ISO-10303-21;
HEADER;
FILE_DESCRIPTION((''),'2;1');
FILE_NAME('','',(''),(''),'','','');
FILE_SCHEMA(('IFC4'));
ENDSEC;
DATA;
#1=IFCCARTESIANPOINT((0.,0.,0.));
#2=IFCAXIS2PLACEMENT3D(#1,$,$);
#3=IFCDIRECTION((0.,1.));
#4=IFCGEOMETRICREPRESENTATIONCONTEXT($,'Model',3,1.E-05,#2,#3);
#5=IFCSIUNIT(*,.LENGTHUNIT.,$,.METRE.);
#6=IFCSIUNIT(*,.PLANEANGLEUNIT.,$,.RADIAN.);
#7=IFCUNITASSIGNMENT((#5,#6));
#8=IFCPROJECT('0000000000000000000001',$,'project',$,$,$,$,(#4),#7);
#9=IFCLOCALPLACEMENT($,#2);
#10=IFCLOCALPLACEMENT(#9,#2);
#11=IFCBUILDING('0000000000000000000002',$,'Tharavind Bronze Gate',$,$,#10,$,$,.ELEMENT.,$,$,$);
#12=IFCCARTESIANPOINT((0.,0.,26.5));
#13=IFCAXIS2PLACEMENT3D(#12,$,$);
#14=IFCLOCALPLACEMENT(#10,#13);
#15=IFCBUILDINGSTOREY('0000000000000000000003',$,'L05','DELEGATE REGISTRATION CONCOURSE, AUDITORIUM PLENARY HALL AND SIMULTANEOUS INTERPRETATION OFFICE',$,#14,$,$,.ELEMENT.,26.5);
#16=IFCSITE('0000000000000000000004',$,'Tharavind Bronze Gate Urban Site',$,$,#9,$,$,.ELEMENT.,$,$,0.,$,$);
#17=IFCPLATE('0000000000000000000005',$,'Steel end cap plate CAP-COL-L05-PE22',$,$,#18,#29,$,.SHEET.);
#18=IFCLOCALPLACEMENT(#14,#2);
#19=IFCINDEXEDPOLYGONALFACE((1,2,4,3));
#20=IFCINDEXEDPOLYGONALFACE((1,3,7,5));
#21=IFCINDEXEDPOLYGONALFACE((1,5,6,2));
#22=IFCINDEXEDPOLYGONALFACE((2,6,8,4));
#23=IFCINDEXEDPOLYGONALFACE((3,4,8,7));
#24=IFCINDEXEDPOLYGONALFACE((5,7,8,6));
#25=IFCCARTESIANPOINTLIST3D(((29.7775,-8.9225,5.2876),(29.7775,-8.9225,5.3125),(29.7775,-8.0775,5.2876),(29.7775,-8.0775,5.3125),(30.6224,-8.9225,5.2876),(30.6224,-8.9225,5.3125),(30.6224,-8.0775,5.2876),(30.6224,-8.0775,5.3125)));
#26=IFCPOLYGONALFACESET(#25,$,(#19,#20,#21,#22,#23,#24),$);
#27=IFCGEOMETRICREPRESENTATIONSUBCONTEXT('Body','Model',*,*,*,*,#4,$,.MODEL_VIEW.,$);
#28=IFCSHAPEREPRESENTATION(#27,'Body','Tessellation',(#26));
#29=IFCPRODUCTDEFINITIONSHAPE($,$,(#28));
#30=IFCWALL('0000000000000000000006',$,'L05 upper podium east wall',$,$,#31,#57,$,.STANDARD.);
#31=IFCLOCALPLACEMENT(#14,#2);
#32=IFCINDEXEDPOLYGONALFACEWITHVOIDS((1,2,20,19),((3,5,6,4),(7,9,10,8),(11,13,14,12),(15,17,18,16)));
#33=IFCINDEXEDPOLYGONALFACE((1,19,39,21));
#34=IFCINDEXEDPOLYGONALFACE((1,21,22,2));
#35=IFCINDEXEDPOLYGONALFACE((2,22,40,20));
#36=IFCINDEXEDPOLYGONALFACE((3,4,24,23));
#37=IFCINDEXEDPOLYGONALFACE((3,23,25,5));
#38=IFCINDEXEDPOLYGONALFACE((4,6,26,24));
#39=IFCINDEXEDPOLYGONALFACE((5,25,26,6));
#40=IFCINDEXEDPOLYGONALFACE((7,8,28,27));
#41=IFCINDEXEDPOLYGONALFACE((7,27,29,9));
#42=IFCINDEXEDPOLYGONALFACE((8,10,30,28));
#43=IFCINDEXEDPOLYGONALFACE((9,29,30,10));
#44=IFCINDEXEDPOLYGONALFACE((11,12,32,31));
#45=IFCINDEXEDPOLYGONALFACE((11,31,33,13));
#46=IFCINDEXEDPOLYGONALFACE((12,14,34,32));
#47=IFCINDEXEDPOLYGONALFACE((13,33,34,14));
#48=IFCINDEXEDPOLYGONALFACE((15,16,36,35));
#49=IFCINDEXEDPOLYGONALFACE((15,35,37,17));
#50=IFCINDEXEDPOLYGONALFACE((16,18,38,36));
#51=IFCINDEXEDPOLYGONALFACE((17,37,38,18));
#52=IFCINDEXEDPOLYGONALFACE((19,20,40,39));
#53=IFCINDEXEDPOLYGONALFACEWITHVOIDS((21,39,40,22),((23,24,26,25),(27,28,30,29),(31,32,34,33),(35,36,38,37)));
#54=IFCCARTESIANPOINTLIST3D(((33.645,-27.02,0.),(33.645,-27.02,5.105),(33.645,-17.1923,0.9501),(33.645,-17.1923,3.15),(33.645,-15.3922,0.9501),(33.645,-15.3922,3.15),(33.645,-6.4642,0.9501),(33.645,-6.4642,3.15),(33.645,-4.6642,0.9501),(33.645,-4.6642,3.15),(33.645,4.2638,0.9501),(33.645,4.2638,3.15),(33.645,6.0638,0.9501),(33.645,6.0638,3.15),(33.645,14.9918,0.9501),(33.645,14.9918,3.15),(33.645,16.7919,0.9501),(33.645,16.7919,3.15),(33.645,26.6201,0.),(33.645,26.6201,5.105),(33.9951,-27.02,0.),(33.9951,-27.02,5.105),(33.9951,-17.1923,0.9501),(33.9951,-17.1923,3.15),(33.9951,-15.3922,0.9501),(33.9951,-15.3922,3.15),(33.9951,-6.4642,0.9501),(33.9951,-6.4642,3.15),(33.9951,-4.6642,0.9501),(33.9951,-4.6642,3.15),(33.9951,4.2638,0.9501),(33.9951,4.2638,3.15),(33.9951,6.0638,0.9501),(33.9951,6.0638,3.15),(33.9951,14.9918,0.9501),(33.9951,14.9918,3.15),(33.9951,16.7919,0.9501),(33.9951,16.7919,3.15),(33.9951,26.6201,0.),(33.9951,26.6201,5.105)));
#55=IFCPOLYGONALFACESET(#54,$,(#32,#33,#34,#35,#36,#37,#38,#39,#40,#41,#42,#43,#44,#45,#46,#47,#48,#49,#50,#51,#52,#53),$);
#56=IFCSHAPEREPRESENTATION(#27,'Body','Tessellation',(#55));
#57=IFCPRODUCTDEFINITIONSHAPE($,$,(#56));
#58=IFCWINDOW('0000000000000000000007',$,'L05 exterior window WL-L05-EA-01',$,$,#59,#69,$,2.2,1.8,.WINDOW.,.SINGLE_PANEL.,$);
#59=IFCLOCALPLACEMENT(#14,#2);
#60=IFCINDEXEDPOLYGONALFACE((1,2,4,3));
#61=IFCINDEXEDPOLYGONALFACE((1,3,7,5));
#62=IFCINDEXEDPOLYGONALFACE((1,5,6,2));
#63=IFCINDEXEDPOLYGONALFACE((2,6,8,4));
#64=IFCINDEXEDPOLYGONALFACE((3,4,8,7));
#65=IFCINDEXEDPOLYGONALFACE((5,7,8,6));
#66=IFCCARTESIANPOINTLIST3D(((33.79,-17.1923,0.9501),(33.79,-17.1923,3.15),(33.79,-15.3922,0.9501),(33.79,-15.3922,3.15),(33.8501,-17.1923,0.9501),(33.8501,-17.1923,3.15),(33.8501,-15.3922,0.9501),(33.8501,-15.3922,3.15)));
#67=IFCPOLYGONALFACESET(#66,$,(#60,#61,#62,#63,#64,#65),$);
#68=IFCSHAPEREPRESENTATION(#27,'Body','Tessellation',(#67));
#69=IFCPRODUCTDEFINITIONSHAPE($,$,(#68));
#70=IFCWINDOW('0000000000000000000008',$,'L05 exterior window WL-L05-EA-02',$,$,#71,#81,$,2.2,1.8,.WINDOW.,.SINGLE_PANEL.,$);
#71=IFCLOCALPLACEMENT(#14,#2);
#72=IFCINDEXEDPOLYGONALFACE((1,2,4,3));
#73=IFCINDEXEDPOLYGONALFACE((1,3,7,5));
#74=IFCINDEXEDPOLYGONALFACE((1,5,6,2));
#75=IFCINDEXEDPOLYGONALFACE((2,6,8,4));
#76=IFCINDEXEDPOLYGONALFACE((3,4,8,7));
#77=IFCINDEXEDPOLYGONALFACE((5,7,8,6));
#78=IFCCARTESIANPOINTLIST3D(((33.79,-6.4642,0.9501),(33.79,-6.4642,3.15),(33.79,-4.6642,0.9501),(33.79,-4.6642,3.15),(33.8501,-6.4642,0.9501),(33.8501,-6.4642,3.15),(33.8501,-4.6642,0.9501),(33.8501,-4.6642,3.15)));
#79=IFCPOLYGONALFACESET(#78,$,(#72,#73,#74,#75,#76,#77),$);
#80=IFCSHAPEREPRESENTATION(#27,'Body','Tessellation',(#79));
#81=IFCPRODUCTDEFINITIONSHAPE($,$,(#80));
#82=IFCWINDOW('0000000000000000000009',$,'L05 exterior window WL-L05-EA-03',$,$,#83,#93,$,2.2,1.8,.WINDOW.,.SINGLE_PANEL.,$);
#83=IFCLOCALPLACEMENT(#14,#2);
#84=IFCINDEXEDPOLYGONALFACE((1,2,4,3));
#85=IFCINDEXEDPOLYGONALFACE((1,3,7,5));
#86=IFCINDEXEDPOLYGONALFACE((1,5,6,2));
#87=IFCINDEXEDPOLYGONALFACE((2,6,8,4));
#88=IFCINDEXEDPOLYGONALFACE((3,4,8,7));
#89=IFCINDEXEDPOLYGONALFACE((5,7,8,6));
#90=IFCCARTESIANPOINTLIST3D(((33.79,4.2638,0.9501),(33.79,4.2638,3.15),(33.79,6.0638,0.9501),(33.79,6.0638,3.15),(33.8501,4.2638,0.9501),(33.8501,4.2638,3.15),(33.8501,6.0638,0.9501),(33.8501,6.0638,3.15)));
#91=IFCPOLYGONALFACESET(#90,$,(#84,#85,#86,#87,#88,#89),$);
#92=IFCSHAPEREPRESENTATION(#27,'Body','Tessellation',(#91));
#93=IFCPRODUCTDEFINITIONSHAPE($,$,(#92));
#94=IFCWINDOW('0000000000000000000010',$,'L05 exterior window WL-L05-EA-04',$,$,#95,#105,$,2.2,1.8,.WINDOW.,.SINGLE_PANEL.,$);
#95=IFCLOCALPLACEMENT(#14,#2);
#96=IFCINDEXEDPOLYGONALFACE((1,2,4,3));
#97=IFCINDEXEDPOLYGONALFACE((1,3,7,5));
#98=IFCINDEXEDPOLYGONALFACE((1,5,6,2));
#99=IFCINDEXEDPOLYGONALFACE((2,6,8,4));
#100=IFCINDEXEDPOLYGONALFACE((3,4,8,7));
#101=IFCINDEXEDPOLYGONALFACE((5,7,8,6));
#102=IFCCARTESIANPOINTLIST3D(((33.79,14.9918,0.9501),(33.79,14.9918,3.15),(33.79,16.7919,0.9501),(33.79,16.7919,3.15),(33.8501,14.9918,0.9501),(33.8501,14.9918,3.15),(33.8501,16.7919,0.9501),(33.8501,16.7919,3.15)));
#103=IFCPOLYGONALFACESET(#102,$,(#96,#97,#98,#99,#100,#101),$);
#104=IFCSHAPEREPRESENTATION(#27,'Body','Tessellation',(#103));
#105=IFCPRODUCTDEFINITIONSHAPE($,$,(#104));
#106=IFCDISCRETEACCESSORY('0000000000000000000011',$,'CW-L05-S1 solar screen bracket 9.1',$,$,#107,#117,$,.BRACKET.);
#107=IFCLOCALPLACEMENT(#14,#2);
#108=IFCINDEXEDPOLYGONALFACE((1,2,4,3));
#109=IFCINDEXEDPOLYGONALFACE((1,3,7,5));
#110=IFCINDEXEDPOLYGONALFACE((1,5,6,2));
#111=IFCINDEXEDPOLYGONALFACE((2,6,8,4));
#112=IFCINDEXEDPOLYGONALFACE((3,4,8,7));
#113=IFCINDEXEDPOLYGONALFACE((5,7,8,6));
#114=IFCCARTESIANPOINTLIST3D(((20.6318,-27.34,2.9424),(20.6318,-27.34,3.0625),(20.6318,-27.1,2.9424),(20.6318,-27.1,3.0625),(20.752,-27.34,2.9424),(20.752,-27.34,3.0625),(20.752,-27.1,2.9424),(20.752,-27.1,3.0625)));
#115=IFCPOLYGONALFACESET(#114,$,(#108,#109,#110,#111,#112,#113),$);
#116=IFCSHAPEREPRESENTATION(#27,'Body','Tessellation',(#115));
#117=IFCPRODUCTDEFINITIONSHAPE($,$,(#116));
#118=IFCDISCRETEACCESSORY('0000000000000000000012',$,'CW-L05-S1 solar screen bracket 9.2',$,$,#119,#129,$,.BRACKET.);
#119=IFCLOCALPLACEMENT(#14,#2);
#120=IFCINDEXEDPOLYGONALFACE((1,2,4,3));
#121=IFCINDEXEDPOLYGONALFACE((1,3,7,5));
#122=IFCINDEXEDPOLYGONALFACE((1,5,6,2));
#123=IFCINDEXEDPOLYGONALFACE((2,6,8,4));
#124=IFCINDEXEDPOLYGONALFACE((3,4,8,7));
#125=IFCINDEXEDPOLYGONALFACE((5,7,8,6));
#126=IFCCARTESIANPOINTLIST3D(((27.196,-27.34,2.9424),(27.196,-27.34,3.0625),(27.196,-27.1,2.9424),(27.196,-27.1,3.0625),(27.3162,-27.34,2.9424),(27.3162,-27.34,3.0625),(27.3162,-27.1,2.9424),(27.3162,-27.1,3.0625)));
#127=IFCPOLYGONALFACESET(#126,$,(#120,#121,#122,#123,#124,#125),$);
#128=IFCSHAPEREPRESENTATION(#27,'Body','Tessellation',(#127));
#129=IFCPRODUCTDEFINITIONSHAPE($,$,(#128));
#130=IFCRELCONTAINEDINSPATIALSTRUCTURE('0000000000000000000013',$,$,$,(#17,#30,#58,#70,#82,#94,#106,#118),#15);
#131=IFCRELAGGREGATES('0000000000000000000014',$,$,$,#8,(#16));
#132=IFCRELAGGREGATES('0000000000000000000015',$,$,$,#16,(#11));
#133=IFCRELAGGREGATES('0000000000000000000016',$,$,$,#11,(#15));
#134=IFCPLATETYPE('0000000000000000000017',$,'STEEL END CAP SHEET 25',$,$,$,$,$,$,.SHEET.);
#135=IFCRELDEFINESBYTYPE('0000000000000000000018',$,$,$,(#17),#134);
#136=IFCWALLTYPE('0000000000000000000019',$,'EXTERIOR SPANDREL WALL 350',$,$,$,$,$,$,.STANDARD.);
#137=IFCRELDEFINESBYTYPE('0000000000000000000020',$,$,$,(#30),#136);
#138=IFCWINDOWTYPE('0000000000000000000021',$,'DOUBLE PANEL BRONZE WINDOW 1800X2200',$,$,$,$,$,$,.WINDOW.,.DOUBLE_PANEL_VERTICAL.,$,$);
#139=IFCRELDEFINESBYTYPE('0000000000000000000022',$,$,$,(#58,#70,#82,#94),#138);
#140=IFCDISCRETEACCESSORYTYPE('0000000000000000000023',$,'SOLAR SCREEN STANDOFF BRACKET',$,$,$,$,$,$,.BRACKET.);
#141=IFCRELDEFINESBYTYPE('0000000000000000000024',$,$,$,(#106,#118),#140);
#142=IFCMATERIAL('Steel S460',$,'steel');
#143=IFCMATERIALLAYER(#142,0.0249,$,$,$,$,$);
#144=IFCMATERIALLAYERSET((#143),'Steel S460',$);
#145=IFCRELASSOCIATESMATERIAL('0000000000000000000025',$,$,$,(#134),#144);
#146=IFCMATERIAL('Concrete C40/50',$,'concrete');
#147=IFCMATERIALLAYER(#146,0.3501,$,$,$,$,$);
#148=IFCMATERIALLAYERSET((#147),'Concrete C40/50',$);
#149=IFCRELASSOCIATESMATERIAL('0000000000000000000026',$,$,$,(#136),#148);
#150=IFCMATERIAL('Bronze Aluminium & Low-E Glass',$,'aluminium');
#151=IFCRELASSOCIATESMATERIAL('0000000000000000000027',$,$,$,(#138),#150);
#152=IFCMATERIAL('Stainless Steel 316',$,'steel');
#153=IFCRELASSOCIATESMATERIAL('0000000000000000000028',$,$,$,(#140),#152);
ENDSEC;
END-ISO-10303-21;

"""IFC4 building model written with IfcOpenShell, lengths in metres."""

from ifc_helpers import new_model, si_unit, direction, frame, frame_2d, origin, origin_2d, place, context, subcontext, project, spatial, rectangle, extrude, material, layer, layer_set, type_object, element, fill, save


model = new_model("IFC4")

# Units and contexts
model_context = context("Model", 3, precision=1e-05, world=origin(), true_north=direction((0.0, 1.0)))
body_context = subcontext(model_context, "Body", "Model", "MODEL_VIEW")
ifc_project = project(units=[si_unit("LENGTHUNIT", "METRE"), si_unit("PLANEANGLEUNIT", "RADIAN")], contexts=[model_context])

# Site, building, storey
site_placement = place(None, origin())
site = spatial("IfcSite", under=ifc_project, at=site_placement, Name="Tharavind Bronze Gate Urban Site", CompositionType="ELEMENT", RefElevation=0.0)
building_placement = place(site_placement, origin())
building = spatial("IfcBuilding", under=site, at=building_placement, Name="Tharavind Bronze Gate", CompositionType="ELEMENT")
storey_placement = place(building_placement, frame((0.0, 0.0, 26.5)))
storey = spatial("IfcBuildingStorey", under=building, at=storey_placement, Name="L05", Description="DELEGATE REGISTRATION CONCOURSE, AUDITORIUM PLENARY HALL AND SIMULTANEOUS INTERPRETATION OFFICE", CompositionType="ELEMENT", Elevation=26.5)

# Shared definitions
ifc_material_1 = material(Name="Steel S460", Category="steel")

# Plate
ifc_layer_1 = layer(ifc_material_1, 0.0249)
ifc_layer_set_1 = layer_set([ifc_layer_1], Name="Steel S460")
plate_type_1 = type_object("IfcPlateType", Name="STEEL END CAP SHEET 25", PredefinedType="SHEET", material=ifc_layer_set_1)
for number, where, z_axis, x_axis, name in (
    (1, (30.2, -8.5, 5.2876), (0.0, 0.0, 1.0), (1.0, 0.0, 0.0), "Steel end cap plate CAP-COL-L05-PE22"),
):
    element("IfcPlate", number, at=place(storey_placement, frame(where, z_axis=z_axis, x_axis=x_axis)), inside=storey, type_object=plate_type_1, Name=name, PredefinedType="SHEET", context=body_context, shape_type="SweptSolid", body=[
        extrude(rectangle(XDim=0.845, YDim=0.845, at=origin_2d()), origin(), (0.0, 0.0, 1.0), 0.0249),
    ])

# Wall, openings, windows
ifc_material_2 = material(Name="Concrete C40/50", Category="concrete")
ifc_layer_2 = layer(ifc_material_2, 0.3501)
ifc_layer_set_2 = layer_set([ifc_layer_2], Name="Concrete C40/50")
wall_type = type_object("IfcWallType", Name="EXTERIOR SPANDREL WALL 350", PredefinedType="STANDARD", material=ifc_layer_set_2)
wall_placement = place(storey_placement, frame((33.8201, -27.02, 0.0), z_axis=(0.0, 0.0, 1.0), x_axis=(0.0, 1.0, 0.0)))
wall = element("IfcWall", 2, at=wall_placement, inside=storey, type_object=wall_type, Name="L05 upper podium east wall", PredefinedType="STANDARD", context=body_context, shape_type="SweptSolid", body=[
    extrude(rectangle(XDim=53.6401, YDim=0.3501, at=frame_2d((26.8201, 0.0))), origin(), (0.0, 0.0, 1.0), 5.105),
])
opening_1_placement = place(wall_placement, frame((9.8279, 0.0, 0.95)))
opening_1 = element("IfcOpeningElement", 3, at=opening_1_placement, cuts=wall, PredefinedType="OPENING", context=body_context, shape_type="SweptSolid", body=[
    extrude(rectangle(XDim=1.8, YDim=2.2, at=frame_2d((0.8999, 1.1001))), frame((0.0, 0.185, 0.0), z_axis=(0.0, -1.0, 0.0), x_axis=(1.0, 0.0, 0.0)), (0.0, 0.0, 1.0), 0.3701),
])
opening_2_placement = place(wall_placement, frame((20.5559, 0.0, 0.95)))
opening_2 = element("IfcOpeningElement", 4, at=opening_2_placement, cuts=wall, PredefinedType="OPENING", context=body_context, shape_type="SweptSolid", body=[
    extrude(rectangle(XDim=1.8, YDim=2.2, at=frame_2d((0.8999, 1.1001))), frame((0.0, 0.185, 0.0), z_axis=(0.0, -1.0, 0.0), x_axis=(1.0, 0.0, 0.0)), (0.0, 0.0, 1.0), 0.3701),
])
opening_3_placement = place(wall_placement, frame((31.2839, 0.0, 0.95)))
opening_3 = element("IfcOpeningElement", 5, at=opening_3_placement, cuts=wall, PredefinedType="OPENING", context=body_context, shape_type="SweptSolid", body=[
    extrude(rectangle(XDim=1.8, YDim=2.2, at=frame_2d((0.8999, 1.1001))), frame((0.0, 0.185, 0.0), z_axis=(0.0, -1.0, 0.0), x_axis=(1.0, 0.0, 0.0)), (0.0, 0.0, 1.0), 0.3701),
])
opening_4_placement = place(wall_placement, frame((42.012, 0.0, 0.95)))
opening_4 = element("IfcOpeningElement", 6, at=opening_4_placement, cuts=wall, PredefinedType="OPENING", context=body_context, shape_type="SweptSolid", body=[
    extrude(rectangle(XDim=1.8, YDim=2.2, at=frame_2d((0.8999, 1.1001))), frame((0.0, 0.185, 0.0), z_axis=(0.0, -1.0, 0.0), x_axis=(1.0, 0.0, 0.0)), (0.0, 0.0, 1.0), 0.3701),
])
ifc_material_3 = material(Name="Bronze Aluminium & Low-E Glass", Category="aluminium")
window_type = type_object("IfcWindowType", Name="DOUBLE PANEL BRONZE WINDOW 1800X2200", PartitioningType="DOUBLE_PANEL_VERTICAL", PredefinedType="WINDOW", material=ifc_material_3)
window_1_placement = place(opening_1_placement, origin())
window_1 = element("IfcWindow", 7, at=window_1_placement, inside=storey, type_object=window_type, Name="L05 exterior window WL-L05-EA-01", OverallHeight=2.2, OverallWidth=1.8, PartitioningType="SINGLE_PANEL", PredefinedType="WINDOW", context=body_context, shape_type="SweptSolid", body=[
    extrude(rectangle(XDim=1.8, YDim=2.2, at=frame_2d((0.8999, 1.1001))), frame((0.0, 0.03, 0.0), z_axis=(0.0, -1.0, 0.0), x_axis=(1.0, 0.0, 0.0)), (0.0, 0.0, 1.0), 0.0601),
])
fill(opening_1, window_1)
window_2_placement = place(opening_2_placement, origin())
window_2 = element("IfcWindow", 8, at=window_2_placement, inside=storey, type_object=window_type, Name="L05 exterior window WL-L05-EA-02", OverallHeight=2.2, OverallWidth=1.8, PartitioningType="SINGLE_PANEL", PredefinedType="WINDOW", context=body_context, shape_type="SweptSolid", body=[
    extrude(rectangle(XDim=1.8, YDim=2.2, at=frame_2d((0.8999, 1.1001))), frame((0.0, 0.03, 0.0), z_axis=(0.0, -1.0, 0.0), x_axis=(1.0, 0.0, 0.0)), (0.0, 0.0, 1.0), 0.0601),
])
fill(opening_2, window_2)
window_3_placement = place(opening_3_placement, origin())
window_3 = element("IfcWindow", 9, at=window_3_placement, inside=storey, type_object=window_type, Name="L05 exterior window WL-L05-EA-03", OverallHeight=2.2, OverallWidth=1.8, PartitioningType="SINGLE_PANEL", PredefinedType="WINDOW", context=body_context, shape_type="SweptSolid", body=[
    extrude(rectangle(XDim=1.8, YDim=2.2, at=frame_2d((0.8999, 1.1001))), frame((0.0, 0.03, 0.0), z_axis=(0.0, -1.0, 0.0), x_axis=(1.0, 0.0, 0.0)), (0.0, 0.0, 1.0), 0.0601),
])
fill(opening_3, window_3)
window_4_placement = place(opening_4_placement, origin())
window_4 = element("IfcWindow", 10, at=window_4_placement, inside=storey, type_object=window_type, Name="L05 exterior window WL-L05-EA-04", OverallHeight=2.2, OverallWidth=1.8, PartitioningType="SINGLE_PANEL", PredefinedType="WINDOW", context=body_context, shape_type="SweptSolid", body=[
    extrude(rectangle(XDim=1.8, YDim=2.2, at=frame_2d((0.8999, 1.1001))), frame((0.0, 0.03, 0.0), z_axis=(0.0, -1.0, 0.0), x_axis=(1.0, 0.0, 0.0)), (0.0, 0.0, 1.0), 0.0601),
])
fill(opening_4, window_4)

# Discrete accessories
ifc_material_4 = material(Name="Stainless Steel 316", Category="steel")
discrete_accessory_type = type_object("IfcDiscreteAccessoryType", Name="SOLAR SCREEN STANDOFF BRACKET", PredefinedType="BRACKET", material=ifc_material_4)
for number, where, z_axis, x_axis, name in (
    (11, (20.6919, -27.22, 2.9424), (0.0, 0.0, 1.0), (1.0, 0.0, 0.0), "CW-L05-S1 solar screen bracket 9.1"),
    (12, (27.2561, -27.22, 2.9424), (0.0, 0.0, 1.0), (1.0, 0.0, 0.0), "CW-L05-S1 solar screen bracket 9.2"),
):
    element("IfcDiscreteAccessory", number, at=place(storey_placement, frame(where, z_axis=z_axis, x_axis=x_axis)), inside=storey, type_object=discrete_accessory_type, Name=name, PredefinedType="BRACKET", context=body_context, shape_type="SweptSolid", body=[
        extrude(rectangle(XDim=0.1201, YDim=0.24, at=origin_2d()), origin(), (0.0, 0.0, 1.0), 0.1201),
    ])

save(model, "model.ifc")
